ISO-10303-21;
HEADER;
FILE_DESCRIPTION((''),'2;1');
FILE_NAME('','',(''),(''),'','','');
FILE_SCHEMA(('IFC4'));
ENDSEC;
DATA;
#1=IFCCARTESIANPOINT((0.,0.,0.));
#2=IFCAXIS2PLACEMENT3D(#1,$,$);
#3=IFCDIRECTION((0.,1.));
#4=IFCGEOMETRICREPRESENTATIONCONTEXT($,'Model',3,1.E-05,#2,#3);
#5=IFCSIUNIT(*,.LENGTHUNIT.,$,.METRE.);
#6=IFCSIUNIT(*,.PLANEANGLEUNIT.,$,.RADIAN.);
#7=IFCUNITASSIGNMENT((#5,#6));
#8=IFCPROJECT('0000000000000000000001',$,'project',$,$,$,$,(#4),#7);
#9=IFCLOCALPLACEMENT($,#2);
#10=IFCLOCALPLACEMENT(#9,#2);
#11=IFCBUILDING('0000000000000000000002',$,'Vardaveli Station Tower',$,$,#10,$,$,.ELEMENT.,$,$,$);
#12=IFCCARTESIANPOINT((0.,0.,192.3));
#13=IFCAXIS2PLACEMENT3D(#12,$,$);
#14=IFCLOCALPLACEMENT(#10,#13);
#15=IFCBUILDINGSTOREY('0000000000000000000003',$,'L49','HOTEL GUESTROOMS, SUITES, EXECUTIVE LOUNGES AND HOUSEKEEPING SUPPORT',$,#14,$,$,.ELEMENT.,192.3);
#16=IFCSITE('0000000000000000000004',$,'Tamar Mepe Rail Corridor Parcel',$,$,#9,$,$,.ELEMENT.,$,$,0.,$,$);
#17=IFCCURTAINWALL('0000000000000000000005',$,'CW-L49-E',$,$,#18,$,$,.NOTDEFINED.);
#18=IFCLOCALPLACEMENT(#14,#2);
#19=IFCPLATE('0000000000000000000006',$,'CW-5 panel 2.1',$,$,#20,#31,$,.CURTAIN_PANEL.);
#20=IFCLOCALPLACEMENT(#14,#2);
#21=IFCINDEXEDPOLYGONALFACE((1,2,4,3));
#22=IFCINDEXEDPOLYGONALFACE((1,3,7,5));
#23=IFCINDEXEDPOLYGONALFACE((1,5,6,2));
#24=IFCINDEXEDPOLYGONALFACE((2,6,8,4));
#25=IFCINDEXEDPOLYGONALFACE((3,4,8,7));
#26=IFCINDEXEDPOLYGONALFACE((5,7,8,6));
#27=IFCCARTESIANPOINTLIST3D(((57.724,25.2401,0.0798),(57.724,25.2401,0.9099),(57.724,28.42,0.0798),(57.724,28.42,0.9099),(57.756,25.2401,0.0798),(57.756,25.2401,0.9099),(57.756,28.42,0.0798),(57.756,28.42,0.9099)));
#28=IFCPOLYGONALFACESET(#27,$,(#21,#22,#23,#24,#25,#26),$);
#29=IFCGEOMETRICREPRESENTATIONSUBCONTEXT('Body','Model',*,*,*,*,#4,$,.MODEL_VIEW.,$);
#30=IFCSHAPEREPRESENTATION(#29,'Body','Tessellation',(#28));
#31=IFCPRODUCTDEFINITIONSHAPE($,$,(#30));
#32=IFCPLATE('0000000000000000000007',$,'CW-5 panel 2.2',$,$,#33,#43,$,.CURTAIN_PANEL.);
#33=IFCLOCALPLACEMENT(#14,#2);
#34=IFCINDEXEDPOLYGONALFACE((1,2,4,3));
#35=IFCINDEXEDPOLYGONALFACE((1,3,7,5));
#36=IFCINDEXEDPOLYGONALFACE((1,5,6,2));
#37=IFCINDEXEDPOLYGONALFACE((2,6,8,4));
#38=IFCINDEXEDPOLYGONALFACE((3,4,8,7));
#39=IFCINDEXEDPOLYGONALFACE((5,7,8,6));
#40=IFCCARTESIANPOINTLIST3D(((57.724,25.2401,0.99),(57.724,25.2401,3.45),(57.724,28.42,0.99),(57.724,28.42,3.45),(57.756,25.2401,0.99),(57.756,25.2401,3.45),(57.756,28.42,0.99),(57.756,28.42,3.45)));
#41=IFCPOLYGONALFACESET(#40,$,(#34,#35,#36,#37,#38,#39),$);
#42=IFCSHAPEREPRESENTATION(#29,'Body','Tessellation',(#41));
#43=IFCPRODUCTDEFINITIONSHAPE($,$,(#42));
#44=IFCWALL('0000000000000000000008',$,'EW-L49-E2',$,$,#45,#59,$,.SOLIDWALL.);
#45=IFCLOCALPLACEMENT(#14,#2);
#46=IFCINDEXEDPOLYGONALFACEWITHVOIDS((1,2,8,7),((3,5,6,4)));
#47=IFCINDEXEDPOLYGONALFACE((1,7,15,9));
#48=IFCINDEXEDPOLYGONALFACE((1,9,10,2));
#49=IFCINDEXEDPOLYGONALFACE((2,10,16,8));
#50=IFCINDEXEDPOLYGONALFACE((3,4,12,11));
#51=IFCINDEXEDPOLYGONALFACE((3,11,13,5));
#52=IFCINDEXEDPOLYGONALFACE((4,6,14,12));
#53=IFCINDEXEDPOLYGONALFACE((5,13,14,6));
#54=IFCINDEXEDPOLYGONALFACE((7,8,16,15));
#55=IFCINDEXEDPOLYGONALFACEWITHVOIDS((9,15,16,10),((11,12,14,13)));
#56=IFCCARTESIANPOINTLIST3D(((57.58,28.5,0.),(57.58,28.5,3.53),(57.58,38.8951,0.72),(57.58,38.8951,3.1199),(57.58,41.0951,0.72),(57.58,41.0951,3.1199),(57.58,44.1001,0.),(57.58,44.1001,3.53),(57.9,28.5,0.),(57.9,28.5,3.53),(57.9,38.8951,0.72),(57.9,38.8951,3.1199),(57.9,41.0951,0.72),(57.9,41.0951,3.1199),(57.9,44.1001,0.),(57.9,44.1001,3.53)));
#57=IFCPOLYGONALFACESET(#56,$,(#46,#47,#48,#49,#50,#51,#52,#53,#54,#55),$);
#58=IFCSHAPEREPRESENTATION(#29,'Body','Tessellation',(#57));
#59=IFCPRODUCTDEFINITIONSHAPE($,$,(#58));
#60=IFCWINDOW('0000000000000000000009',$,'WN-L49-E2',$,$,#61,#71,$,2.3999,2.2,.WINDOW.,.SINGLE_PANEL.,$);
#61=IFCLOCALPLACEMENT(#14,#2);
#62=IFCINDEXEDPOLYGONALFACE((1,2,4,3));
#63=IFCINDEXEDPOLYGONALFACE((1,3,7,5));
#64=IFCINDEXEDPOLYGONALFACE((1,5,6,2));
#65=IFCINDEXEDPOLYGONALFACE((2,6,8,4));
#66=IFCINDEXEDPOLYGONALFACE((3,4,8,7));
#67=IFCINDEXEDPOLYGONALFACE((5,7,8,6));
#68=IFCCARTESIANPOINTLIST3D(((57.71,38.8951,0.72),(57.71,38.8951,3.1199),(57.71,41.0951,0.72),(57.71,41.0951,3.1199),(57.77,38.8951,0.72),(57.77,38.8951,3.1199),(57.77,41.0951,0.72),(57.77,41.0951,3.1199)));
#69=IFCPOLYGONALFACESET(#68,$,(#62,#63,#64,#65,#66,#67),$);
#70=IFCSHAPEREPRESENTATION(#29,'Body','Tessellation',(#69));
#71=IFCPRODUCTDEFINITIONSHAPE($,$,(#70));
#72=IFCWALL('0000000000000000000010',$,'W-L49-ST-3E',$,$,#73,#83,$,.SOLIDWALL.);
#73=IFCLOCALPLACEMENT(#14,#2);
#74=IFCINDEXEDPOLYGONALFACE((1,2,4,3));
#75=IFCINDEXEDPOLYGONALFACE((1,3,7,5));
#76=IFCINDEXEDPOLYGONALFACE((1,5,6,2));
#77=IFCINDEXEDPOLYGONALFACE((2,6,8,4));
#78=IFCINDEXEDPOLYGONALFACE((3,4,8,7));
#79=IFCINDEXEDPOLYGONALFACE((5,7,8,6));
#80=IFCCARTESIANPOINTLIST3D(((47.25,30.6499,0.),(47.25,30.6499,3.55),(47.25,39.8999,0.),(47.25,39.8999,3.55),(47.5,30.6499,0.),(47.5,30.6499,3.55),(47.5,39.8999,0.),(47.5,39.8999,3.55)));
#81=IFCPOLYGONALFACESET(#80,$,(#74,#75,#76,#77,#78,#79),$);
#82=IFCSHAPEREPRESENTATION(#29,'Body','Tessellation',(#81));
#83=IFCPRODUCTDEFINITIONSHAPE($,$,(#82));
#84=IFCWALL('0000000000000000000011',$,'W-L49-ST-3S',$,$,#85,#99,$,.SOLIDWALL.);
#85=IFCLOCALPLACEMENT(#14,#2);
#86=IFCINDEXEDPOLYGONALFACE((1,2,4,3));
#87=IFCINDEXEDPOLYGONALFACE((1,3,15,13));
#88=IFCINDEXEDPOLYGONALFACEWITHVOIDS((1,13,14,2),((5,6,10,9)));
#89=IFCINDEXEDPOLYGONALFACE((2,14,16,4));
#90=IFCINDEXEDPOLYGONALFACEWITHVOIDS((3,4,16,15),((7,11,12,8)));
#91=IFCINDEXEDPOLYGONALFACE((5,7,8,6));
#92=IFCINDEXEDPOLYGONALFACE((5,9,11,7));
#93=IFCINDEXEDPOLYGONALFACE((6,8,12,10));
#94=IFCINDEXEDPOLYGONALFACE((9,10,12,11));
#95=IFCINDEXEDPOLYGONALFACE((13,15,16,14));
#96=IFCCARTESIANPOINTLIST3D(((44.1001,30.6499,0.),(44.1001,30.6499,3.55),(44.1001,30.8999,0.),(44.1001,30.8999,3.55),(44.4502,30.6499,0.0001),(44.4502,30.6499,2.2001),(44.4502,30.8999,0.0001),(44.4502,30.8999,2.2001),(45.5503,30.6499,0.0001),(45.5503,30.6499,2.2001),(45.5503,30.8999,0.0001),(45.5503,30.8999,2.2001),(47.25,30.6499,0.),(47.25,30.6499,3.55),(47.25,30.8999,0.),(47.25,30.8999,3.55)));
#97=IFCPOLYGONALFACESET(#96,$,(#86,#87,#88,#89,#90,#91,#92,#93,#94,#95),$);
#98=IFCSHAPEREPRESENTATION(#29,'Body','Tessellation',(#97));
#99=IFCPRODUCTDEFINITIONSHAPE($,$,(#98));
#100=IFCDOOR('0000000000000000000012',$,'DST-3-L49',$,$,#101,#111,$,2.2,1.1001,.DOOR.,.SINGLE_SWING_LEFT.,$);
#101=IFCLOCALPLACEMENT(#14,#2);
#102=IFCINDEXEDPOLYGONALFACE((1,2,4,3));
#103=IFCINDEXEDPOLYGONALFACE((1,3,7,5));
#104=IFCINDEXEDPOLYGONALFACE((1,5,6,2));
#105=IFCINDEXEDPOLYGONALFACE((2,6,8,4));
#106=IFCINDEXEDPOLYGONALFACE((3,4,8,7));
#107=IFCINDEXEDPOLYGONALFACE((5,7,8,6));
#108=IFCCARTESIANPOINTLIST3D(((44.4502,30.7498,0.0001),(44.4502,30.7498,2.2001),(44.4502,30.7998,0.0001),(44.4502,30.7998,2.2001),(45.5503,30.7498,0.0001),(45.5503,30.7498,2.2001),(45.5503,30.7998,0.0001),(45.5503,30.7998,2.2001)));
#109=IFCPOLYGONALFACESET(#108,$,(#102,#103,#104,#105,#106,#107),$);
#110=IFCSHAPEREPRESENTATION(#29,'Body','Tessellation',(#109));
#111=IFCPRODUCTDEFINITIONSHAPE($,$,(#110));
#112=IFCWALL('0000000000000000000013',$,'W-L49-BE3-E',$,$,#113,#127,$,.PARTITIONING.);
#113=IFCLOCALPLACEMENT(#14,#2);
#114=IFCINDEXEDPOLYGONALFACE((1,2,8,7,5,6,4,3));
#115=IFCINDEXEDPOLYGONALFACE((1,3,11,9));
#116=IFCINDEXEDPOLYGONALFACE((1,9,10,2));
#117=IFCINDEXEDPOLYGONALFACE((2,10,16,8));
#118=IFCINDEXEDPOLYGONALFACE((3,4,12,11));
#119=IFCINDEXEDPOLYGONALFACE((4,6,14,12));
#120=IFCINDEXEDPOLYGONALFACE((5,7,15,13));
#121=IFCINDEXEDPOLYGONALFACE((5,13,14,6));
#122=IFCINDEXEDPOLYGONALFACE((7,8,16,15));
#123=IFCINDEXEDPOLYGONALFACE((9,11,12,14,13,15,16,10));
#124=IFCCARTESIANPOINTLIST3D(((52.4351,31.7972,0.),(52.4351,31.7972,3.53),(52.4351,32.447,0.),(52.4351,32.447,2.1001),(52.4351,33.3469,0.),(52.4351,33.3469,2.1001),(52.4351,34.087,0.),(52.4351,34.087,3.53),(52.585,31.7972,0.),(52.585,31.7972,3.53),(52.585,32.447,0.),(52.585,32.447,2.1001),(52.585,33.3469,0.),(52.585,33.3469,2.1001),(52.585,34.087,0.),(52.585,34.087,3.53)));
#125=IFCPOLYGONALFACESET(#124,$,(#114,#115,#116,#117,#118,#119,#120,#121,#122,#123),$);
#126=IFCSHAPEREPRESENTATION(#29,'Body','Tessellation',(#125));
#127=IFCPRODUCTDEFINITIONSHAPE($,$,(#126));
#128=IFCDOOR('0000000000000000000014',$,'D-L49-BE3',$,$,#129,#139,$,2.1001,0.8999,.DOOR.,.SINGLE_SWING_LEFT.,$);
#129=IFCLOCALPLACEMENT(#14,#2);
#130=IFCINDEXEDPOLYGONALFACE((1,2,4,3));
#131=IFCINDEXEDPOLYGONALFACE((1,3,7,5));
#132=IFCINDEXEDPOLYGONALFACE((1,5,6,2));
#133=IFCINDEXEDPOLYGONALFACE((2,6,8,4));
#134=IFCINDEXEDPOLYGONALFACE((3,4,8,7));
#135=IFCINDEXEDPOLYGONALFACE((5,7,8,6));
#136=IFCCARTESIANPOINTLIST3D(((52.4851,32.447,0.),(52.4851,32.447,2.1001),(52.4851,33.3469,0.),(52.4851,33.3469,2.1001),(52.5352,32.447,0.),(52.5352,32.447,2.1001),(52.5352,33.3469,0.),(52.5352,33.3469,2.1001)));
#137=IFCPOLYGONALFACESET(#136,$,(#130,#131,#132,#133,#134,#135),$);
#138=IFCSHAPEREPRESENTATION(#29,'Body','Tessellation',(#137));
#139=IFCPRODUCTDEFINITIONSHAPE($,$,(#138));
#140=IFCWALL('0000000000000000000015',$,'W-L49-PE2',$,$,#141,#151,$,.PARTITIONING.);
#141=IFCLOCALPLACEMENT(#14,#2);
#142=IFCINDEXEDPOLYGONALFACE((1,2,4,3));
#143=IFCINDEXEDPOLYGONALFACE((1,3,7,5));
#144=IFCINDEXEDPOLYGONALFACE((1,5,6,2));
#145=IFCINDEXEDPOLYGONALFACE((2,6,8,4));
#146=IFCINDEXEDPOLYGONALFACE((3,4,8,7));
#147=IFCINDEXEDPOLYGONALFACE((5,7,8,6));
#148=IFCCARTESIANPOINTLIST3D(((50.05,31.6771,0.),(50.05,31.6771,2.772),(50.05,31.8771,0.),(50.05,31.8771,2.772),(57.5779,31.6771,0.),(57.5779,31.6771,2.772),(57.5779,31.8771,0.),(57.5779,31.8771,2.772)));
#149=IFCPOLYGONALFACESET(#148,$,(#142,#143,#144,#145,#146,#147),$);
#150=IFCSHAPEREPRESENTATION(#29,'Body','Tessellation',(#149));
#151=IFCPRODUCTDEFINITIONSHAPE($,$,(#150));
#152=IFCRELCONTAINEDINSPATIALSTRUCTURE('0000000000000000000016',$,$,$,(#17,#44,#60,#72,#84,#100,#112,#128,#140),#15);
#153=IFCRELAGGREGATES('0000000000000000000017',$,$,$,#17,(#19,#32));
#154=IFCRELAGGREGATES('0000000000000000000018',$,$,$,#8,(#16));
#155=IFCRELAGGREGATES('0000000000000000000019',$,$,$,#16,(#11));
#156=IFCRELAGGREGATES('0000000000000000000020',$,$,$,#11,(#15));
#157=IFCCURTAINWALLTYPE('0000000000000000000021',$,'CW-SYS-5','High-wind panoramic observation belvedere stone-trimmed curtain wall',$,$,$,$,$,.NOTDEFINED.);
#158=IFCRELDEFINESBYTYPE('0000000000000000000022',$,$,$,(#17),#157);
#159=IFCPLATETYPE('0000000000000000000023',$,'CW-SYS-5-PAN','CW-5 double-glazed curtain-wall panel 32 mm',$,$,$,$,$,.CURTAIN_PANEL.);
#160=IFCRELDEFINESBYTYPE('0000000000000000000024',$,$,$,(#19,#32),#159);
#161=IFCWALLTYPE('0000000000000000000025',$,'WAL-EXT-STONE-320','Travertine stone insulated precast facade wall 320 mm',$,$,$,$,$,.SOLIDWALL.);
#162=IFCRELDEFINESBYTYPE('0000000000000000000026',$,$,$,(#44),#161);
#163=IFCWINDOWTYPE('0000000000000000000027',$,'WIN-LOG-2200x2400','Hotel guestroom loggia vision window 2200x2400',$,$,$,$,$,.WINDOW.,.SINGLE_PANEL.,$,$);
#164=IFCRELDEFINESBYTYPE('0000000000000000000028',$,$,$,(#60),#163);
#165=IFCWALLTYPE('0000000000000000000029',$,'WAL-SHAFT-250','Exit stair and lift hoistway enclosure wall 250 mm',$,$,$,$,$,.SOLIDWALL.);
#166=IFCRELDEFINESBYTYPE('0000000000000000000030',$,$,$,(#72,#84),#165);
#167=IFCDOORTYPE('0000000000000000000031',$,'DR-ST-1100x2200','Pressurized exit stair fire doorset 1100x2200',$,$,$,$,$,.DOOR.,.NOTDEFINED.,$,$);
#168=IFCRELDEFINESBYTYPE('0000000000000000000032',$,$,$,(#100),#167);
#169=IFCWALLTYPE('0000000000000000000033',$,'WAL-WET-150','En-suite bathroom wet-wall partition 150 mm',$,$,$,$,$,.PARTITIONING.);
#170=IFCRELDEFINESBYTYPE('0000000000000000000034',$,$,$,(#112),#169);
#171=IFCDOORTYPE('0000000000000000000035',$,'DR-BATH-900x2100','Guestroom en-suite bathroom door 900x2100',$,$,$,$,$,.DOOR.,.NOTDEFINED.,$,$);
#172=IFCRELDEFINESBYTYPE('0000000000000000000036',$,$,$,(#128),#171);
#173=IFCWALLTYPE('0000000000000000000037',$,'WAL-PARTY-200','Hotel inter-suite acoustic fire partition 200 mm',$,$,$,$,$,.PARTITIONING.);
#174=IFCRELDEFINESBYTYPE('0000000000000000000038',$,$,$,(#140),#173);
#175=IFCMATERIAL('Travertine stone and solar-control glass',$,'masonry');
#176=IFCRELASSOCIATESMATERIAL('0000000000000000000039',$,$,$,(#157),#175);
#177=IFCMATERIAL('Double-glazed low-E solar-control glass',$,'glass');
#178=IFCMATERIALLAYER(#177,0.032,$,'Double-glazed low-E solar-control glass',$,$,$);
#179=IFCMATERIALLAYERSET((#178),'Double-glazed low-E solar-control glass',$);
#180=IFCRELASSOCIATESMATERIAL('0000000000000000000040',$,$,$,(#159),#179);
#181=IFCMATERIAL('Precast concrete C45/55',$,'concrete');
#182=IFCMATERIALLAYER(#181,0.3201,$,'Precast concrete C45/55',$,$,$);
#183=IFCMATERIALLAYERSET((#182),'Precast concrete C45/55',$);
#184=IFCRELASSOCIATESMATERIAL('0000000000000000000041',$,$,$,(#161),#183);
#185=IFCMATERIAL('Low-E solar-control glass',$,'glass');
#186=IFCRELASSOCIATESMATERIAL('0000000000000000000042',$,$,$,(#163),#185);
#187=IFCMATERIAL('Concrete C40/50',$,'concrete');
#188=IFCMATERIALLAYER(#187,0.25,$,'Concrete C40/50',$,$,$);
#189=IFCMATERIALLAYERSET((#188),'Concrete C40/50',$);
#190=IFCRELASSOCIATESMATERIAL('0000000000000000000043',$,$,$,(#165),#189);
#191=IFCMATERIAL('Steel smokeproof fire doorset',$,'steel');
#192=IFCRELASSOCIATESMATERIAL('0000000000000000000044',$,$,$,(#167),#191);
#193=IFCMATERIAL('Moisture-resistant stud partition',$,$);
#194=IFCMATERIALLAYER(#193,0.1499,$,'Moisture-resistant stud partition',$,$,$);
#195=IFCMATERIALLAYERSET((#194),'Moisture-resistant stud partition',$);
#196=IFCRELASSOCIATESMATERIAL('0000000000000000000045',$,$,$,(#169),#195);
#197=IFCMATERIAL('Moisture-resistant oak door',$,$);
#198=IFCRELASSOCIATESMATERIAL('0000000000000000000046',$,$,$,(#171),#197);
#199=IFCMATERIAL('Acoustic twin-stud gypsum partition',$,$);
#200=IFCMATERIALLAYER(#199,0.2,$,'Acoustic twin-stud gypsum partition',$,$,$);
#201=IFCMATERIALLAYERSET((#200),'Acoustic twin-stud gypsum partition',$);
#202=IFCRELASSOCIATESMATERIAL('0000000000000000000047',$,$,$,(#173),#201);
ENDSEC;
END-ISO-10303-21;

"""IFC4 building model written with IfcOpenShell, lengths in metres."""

from ifc_helpers import new_model, si_unit, direction, frame, frame_2d, origin, origin_2d, place, context, subcontext, project, spatial, rectangle, extrude, source, transform, mapped, material, layer, layer_set, type_object, element, fill, aggregate, save


model = new_model("IFC4")

# Units and contexts
model_context = context("Model", 3, precision=1e-05, world=origin(), true_north=direction((0.0, 1.0)))
body_context = subcontext(model_context, "Body", "Model", "MODEL_VIEW")
ifc_project = project(units=[si_unit("LENGTHUNIT", "METRE"), si_unit("PLANEANGLEUNIT", "RADIAN")], contexts=[model_context])

# Site, building, storey
site_placement = place(None, origin())
site = spatial("IfcSite", under=ifc_project, at=site_placement, Name="Tamar Mepe Rail Corridor Parcel", CompositionType="ELEMENT", RefElevation=0.0)
building_placement = place(site_placement, origin())
building = spatial("IfcBuilding", under=site, at=building_placement, Name="Vardaveli Station Tower", CompositionType="ELEMENT")
storey_placement = place(building_placement, frame((0.0, 0.0, 192.3)))
storey = spatial("IfcBuildingStorey", under=building, at=storey_placement, Name="L49", Description="HOTEL GUESTROOMS, SUITES, EXECUTIVE LOUNGES AND HOUSEKEEPING SUPPORT", CompositionType="ELEMENT", Elevation=192.3)

# Shared definitions
ifc_material_1 = material(Name="Precast concrete C45/55", Category="concrete")

# Curtain wall, plates
ifc_material_2 = material(Name="Travertine stone and solar-control glass", Category="masonry")
curtain_wall_type = type_object("IfcCurtainWallType", Name="CW-SYS-5", Description="High-wind panoramic observation belvedere stone-trimmed curtain wall", PredefinedType="NOTDEFINED", material=ifc_material_2)
curtain_wall_placement = place(storey_placement, origin())
curtain_wall = element("IfcCurtainWall", 1, at=curtain_wall_placement, inside=storey, type_object=curtain_wall_type, Name="CW-L49-E", PredefinedType="NOTDEFINED")
ifc_material_3 = material(Name="Double-glazed low-E solar-control glass", Category="glass")
ifc_layer_1 = layer(ifc_material_3, 0.032, Name="Double-glazed low-E solar-control glass")
ifc_layer_set_1 = layer_set([ifc_layer_1], Name="Double-glazed low-E solar-control glass")
plate_type = type_object("IfcPlateType", Name="CW-SYS-5-PAN", Description="CW-5 double-glazed curtain-wall panel 32 mm", PredefinedType="CURTAIN_PANEL", material=ifc_layer_set_1)
shared_shape_1 = source(origin(), body_context, "Body", "SweptSolid", [
    extrude(rectangle(XDim=3.1799, YDim=0.032, at=origin_2d()), origin(), (0.0, 0.0, 1.0), 0.8301),
])
plate_1_placement = place(storey_placement, frame((57.74, 26.8301, 0.0798), z_axis=(0.0, 0.0, 1.0), x_axis=(0.0, 1.0, 0.0)))
plate_1 = element("IfcPlate", 2, at=plate_1_placement, type_object=plate_type, Name="CW-5 panel 2.1", PredefinedType="CURTAIN_PANEL", context=body_context, shape_type="MappedRepresentation", body=[
    mapped(shared_shape_1, transform((0.0, 0.0, 0.0), scale=1.0)),
])
shared_shape_2 = source(origin(), body_context, "Body", "SweptSolid", [
    extrude(rectangle(XDim=3.1799, YDim=0.032, at=origin_2d()), origin(), (0.0, 0.0, 1.0), 2.46),
])
plate_2_placement = place(storey_placement, frame((57.74, 26.8301, 0.99), z_axis=(0.0, 0.0, 1.0), x_axis=(0.0, 1.0, 0.0)))
plate_2 = element("IfcPlate", 3, at=plate_2_placement, type_object=plate_type, Name="CW-5 panel 2.2", PredefinedType="CURTAIN_PANEL", context=body_context, shape_type="MappedRepresentation", body=[
    mapped(shared_shape_2, transform((0.0, 0.0, 0.0), scale=1.0)),
])
aggregate(curtain_wall, [plate_1, plate_2])

# Wall, opening, window
ifc_layer_2 = layer(ifc_material_1, 0.3201, Name="Precast concrete C45/55")
ifc_layer_set_2 = layer_set([ifc_layer_2], Name="Precast concrete C45/55")
wall_type_1 = type_object("IfcWallType", Name="WAL-EXT-STONE-320", Description="Travertine stone insulated precast facade wall 320 mm", PredefinedType="SOLIDWALL", material=ifc_layer_set_2)
shared_shape_3 = source(origin(), body_context, "Body", "SweptSolid", [
    extrude(rectangle(XDim=15.6001, YDim=0.3201, at=frame_2d((7.8, 0.0))), origin(), (0.0, 0.0, 1.0), 3.53),
])
wall_1_placement = place(storey_placement, frame((57.74, 28.5, 0.0), z_axis=(0.0, 0.0, 1.0), x_axis=(0.0, 1.0, 0.0)))
wall_1 = element("IfcWall", 4, at=wall_1_placement, inside=storey, type_object=wall_type_1, Name="EW-L49-E2", PredefinedType="SOLIDWALL", context=body_context, shape_type="MappedRepresentation", body=[
    mapped(shared_shape_3, transform((0.0, 0.0, 0.0), scale=1.0)),
])
shared_shape_4 = source(origin(), body_context, "Body", "SweptSolid", [
    extrude(rectangle(XDim=2.2, YDim=2.3999, at=frame_2d((1.1001, 1.2))), frame((0.0, 0.1699, 0.0), z_axis=(0.0, -1.0, 0.0), x_axis=(1.0, 0.0, 0.0)), (0.0, 0.0, 1.0), 0.3401),
])
opening_1_placement = place(wall_1_placement, frame((10.395, 0.0, 0.72)))
opening_1 = element("IfcOpeningElement", 5, at=opening_1_placement, cuts=wall_1, PredefinedType="OPENING", context=body_context, shape_type="MappedRepresentation", body=[
    mapped(shared_shape_4, transform((0.0, 0.0, 0.0), scale=1.0)),
])
ifc_material_4 = material(Name="Low-E solar-control glass", Category="glass")
window_type = type_object("IfcWindowType", Name="WIN-LOG-2200x2400", Description="Hotel guestroom loggia vision window 2200x2400", PartitioningType="SINGLE_PANEL", PredefinedType="WINDOW", material=ifc_material_4)
shared_shape_5 = source(origin(), body_context, "Body", "SweptSolid", [
    extrude(rectangle(XDim=2.2, YDim=2.3999, at=frame_2d((1.1001, 1.2))), frame((0.0, 0.03, 0.0), z_axis=(0.0, -1.0, 0.0), x_axis=(1.0, 0.0, 0.0)), (0.0, 0.0, 1.0), 0.0601),
])
window_placement = place(opening_1_placement, origin())
window = element("IfcWindow", 6, at=window_placement, inside=storey, type_object=window_type, Name="WN-L49-E2", OverallHeight=2.3999, OverallWidth=2.2, PartitioningType="SINGLE_PANEL", PredefinedType="WINDOW", context=body_context, shape_type="MappedRepresentation", body=[
    mapped(shared_shape_5, transform((0.0, 0.0, 0.0), scale=1.0)),
])
fill(opening_1, window)

# Wall
ifc_material_5 = material(Name="Concrete C40/50", Category="concrete")
ifc_layer_3 = layer(ifc_material_5, 0.25, Name="Concrete C40/50")
ifc_layer_set_3 = layer_set([ifc_layer_3], Name="Concrete C40/50")
wall_type_2 = type_object("IfcWallType", Name="WAL-SHAFT-250", Description="Exit stair and lift hoistway enclosure wall 250 mm", PredefinedType="SOLIDWALL", material=ifc_layer_set_3)
shared_shape_6 = source(origin(), body_context, "Body", "SweptSolid", [
    extrude(rectangle(XDim=9.25, YDim=0.25, at=frame_2d((4.625, 0.0))), origin(), (0.0, 0.0, 1.0), 3.55),
])
wall_2_placement = place(storey_placement, frame((47.375, 30.6499, 0.0), z_axis=(0.0, 0.0, 1.0), x_axis=(0.0, 1.0, 0.0)))
element("IfcWall", 7, at=wall_2_placement, inside=storey, type_object=wall_type_2, Name="W-L49-ST-3E", PredefinedType="SOLIDWALL", context=body_context, shape_type="MappedRepresentation", body=[
    mapped(shared_shape_6, transform((0.0, 0.0, 0.0), scale=1.0)),
])

# Walls, openings, doors
shared_shape_7 = source(origin(), body_context, "Body", "SweptSolid", [
    extrude(rectangle(XDim=3.1499, YDim=0.25, at=frame_2d((1.575, 0.0))), origin(), (0.0, 0.0, 1.0), 3.55),
])
wall_3_placement = place(storey_placement, frame((44.1001, 30.7749, 0.0), z_axis=(0.0, 0.0, 1.0), x_axis=(1.0, 0.0, 0.0)))
wall_3 = element("IfcWall", 8, at=wall_3_placement, inside=storey, type_object=wall_type_2, Name="W-L49-ST-3S", PredefinedType="SOLIDWALL", context=body_context, shape_type="MappedRepresentation", body=[
    mapped(shared_shape_7, transform((0.0, 0.0, 0.0), scale=1.0)),
])
shared_shape_8 = source(origin(), body_context, "Body", "SweptSolid", [
    extrude(rectangle(XDim=1.1001, YDim=2.2, at=frame_2d((0.55, 1.1001))), frame((0.0, 0.135, 0.0), z_axis=(0.0, -1.0, 0.0), x_axis=(1.0, 0.0, 0.0)), (0.0, 0.0, 1.0), 0.27),
])
opening_2_placement = place(wall_3_placement, frame((0.3501, 0.0, 0.0)))
opening_2 = element("IfcOpeningElement", 9, at=opening_2_placement, cuts=wall_3, PredefinedType="OPENING", context=body_context, shape_type="MappedRepresentation", body=[
    mapped(shared_shape_8, transform((0.0, 0.0, 0.0), scale=1.0)),
])
ifc_material_6 = material(Name="Steel smokeproof fire doorset", Category="steel")
door_type_1 = type_object("IfcDoorType", Name="DR-ST-1100x2200", Description="Pressurized exit stair fire doorset 1100x2200", OperationType="NOTDEFINED", PredefinedType="DOOR", material=ifc_material_6)
shared_shape_9 = source(origin(), body_context, "Body", "SweptSolid", [
    extrude(rectangle(XDim=1.1001, YDim=2.2, at=frame_2d((0.55, 1.1001))), frame((0.0, 0.0249, 0.0), z_axis=(0.0, -1.0, 0.0), x_axis=(1.0, 0.0, 0.0)), (0.0, 0.0, 1.0), 0.05),
])
door_1_placement = place(opening_2_placement, origin())
door_1 = element("IfcDoor", 10, at=door_1_placement, inside=storey, type_object=door_type_1, Name="DST-3-L49", OperationType="SINGLE_SWING_LEFT", OverallHeight=2.2, OverallWidth=1.1001, PredefinedType="DOOR", context=body_context, shape_type="MappedRepresentation", body=[
    mapped(shared_shape_9, transform((0.0, 0.0, 0.0), scale=1.0)),
])
fill(opening_2, door_1)
ifc_material_7 = material(Name="Moisture-resistant stud partition")
ifc_layer_4 = layer(ifc_material_7, 0.1499, Name="Moisture-resistant stud partition")
ifc_layer_set_4 = layer_set([ifc_layer_4], Name="Moisture-resistant stud partition")
wall_type_3 = type_object("IfcWallType", Name="WAL-WET-150", Description="En-suite bathroom wet-wall partition 150 mm", PredefinedType="PARTITIONING", material=ifc_layer_set_4)
shared_shape_10 = source(origin(), body_context, "Body", "SweptSolid", [
    extrude(rectangle(XDim=2.2898, YDim=0.1499, at=frame_2d((1.145, 0.0))), origin(), (0.0, 0.0, 1.0), 3.53),
])
wall_4_placement = place(storey_placement, frame((52.51, 31.7971, 0.0), z_axis=(0.0, 0.0, 1.0), x_axis=(0.0, 1.0, 0.0)))
wall_4 = element("IfcWall", 11, at=wall_4_placement, inside=storey, type_object=wall_type_3, Name="W-L49-BE3-E", PredefinedType="PARTITIONING", context=body_context, shape_type="MappedRepresentation", body=[
    mapped(shared_shape_10, transform((0.0, 0.0, 0.0), scale=1.0)),
])
shared_shape_11 = source(origin(), body_context, "Body", "SweptSolid", [
    extrude(rectangle(XDim=0.8999, YDim=2.1001, at=frame_2d((0.45, 1.05))), frame((0.0, 0.085, 0.0), z_axis=(0.0, -1.0, 0.0), x_axis=(1.0, 0.0, 0.0)), (0.0, 0.0, 1.0), 0.1699),
])
opening_3_placement = place(wall_4_placement, frame((0.6499, 0.0, 0.0)))
opening_3 = element("IfcOpeningElement", 12, at=opening_3_placement, cuts=wall_4, PredefinedType="OPENING", context=body_context, shape_type="MappedRepresentation", body=[
    mapped(shared_shape_11, transform((0.0, 0.0, 0.0), scale=1.0)),
])
ifc_material_8 = material(Name="Moisture-resistant oak door")
door_type_2 = type_object("IfcDoorType", Name="DR-BATH-900x2100", Description="Guestroom en-suite bathroom door 900x2100", OperationType="NOTDEFINED", PredefinedType="DOOR", material=ifc_material_8)
shared_shape_12 = source(origin(), body_context, "Body", "SweptSolid", [
    extrude(rectangle(XDim=0.8999, YDim=2.1001, at=frame_2d((0.45, 1.05))), frame((0.0, 0.0249, 0.0), z_axis=(0.0, -1.0, 0.0), x_axis=(1.0, 0.0, 0.0)), (0.0, 0.0, 1.0), 0.05),
])
door_2_placement = place(opening_3_placement, origin())
door_2 = element("IfcDoor", 13, at=door_2_placement, inside=storey, type_object=door_type_2, Name="D-L49-BE3", OperationType="SINGLE_SWING_LEFT", OverallHeight=2.1001, OverallWidth=0.8999, PredefinedType="DOOR", context=body_context, shape_type="MappedRepresentation", body=[
    mapped(shared_shape_12, transform((0.0, 0.0, 0.0), scale=1.0)),
])
fill(opening_3, door_2)

# Wall
ifc_material_9 = material(Name="Acoustic twin-stud gypsum partition")
ifc_layer_5 = layer(ifc_material_9, 0.2, Name="Acoustic twin-stud gypsum partition")
ifc_layer_set_5 = layer_set([ifc_layer_5], Name="Acoustic twin-stud gypsum partition")
wall_type_4 = type_object("IfcWallType", Name="WAL-PARTY-200", Description="Hotel inter-suite acoustic fire partition 200 mm", PredefinedType="PARTITIONING", material=ifc_layer_set_5)
shared_shape_13 = source(origin(), body_context, "Body", "SweptSolid", [
    extrude(rectangle(XDim=7.5278, YDim=0.2, at=frame_2d((3.7639, 0.0))), origin(), (0.0, 0.0, 1.0), 2.772),
])
wall_5_placement = place(storey_placement, frame((50.05, 31.7771, 0.0), z_axis=(0.0, 0.0, 1.0), x_axis=(1.0, 0.0, 0.0)))
element("IfcWall", 14, at=wall_5_placement, inside=storey, type_object=wall_type_4, Name="W-L49-PE2", PredefinedType="PARTITIONING", context=body_context, shape_type="MappedRepresentation", body=[
    mapped(shared_shape_13, transform((0.0, 0.0, 0.0), scale=1.0)),
])

save(model, "model.ifc")
